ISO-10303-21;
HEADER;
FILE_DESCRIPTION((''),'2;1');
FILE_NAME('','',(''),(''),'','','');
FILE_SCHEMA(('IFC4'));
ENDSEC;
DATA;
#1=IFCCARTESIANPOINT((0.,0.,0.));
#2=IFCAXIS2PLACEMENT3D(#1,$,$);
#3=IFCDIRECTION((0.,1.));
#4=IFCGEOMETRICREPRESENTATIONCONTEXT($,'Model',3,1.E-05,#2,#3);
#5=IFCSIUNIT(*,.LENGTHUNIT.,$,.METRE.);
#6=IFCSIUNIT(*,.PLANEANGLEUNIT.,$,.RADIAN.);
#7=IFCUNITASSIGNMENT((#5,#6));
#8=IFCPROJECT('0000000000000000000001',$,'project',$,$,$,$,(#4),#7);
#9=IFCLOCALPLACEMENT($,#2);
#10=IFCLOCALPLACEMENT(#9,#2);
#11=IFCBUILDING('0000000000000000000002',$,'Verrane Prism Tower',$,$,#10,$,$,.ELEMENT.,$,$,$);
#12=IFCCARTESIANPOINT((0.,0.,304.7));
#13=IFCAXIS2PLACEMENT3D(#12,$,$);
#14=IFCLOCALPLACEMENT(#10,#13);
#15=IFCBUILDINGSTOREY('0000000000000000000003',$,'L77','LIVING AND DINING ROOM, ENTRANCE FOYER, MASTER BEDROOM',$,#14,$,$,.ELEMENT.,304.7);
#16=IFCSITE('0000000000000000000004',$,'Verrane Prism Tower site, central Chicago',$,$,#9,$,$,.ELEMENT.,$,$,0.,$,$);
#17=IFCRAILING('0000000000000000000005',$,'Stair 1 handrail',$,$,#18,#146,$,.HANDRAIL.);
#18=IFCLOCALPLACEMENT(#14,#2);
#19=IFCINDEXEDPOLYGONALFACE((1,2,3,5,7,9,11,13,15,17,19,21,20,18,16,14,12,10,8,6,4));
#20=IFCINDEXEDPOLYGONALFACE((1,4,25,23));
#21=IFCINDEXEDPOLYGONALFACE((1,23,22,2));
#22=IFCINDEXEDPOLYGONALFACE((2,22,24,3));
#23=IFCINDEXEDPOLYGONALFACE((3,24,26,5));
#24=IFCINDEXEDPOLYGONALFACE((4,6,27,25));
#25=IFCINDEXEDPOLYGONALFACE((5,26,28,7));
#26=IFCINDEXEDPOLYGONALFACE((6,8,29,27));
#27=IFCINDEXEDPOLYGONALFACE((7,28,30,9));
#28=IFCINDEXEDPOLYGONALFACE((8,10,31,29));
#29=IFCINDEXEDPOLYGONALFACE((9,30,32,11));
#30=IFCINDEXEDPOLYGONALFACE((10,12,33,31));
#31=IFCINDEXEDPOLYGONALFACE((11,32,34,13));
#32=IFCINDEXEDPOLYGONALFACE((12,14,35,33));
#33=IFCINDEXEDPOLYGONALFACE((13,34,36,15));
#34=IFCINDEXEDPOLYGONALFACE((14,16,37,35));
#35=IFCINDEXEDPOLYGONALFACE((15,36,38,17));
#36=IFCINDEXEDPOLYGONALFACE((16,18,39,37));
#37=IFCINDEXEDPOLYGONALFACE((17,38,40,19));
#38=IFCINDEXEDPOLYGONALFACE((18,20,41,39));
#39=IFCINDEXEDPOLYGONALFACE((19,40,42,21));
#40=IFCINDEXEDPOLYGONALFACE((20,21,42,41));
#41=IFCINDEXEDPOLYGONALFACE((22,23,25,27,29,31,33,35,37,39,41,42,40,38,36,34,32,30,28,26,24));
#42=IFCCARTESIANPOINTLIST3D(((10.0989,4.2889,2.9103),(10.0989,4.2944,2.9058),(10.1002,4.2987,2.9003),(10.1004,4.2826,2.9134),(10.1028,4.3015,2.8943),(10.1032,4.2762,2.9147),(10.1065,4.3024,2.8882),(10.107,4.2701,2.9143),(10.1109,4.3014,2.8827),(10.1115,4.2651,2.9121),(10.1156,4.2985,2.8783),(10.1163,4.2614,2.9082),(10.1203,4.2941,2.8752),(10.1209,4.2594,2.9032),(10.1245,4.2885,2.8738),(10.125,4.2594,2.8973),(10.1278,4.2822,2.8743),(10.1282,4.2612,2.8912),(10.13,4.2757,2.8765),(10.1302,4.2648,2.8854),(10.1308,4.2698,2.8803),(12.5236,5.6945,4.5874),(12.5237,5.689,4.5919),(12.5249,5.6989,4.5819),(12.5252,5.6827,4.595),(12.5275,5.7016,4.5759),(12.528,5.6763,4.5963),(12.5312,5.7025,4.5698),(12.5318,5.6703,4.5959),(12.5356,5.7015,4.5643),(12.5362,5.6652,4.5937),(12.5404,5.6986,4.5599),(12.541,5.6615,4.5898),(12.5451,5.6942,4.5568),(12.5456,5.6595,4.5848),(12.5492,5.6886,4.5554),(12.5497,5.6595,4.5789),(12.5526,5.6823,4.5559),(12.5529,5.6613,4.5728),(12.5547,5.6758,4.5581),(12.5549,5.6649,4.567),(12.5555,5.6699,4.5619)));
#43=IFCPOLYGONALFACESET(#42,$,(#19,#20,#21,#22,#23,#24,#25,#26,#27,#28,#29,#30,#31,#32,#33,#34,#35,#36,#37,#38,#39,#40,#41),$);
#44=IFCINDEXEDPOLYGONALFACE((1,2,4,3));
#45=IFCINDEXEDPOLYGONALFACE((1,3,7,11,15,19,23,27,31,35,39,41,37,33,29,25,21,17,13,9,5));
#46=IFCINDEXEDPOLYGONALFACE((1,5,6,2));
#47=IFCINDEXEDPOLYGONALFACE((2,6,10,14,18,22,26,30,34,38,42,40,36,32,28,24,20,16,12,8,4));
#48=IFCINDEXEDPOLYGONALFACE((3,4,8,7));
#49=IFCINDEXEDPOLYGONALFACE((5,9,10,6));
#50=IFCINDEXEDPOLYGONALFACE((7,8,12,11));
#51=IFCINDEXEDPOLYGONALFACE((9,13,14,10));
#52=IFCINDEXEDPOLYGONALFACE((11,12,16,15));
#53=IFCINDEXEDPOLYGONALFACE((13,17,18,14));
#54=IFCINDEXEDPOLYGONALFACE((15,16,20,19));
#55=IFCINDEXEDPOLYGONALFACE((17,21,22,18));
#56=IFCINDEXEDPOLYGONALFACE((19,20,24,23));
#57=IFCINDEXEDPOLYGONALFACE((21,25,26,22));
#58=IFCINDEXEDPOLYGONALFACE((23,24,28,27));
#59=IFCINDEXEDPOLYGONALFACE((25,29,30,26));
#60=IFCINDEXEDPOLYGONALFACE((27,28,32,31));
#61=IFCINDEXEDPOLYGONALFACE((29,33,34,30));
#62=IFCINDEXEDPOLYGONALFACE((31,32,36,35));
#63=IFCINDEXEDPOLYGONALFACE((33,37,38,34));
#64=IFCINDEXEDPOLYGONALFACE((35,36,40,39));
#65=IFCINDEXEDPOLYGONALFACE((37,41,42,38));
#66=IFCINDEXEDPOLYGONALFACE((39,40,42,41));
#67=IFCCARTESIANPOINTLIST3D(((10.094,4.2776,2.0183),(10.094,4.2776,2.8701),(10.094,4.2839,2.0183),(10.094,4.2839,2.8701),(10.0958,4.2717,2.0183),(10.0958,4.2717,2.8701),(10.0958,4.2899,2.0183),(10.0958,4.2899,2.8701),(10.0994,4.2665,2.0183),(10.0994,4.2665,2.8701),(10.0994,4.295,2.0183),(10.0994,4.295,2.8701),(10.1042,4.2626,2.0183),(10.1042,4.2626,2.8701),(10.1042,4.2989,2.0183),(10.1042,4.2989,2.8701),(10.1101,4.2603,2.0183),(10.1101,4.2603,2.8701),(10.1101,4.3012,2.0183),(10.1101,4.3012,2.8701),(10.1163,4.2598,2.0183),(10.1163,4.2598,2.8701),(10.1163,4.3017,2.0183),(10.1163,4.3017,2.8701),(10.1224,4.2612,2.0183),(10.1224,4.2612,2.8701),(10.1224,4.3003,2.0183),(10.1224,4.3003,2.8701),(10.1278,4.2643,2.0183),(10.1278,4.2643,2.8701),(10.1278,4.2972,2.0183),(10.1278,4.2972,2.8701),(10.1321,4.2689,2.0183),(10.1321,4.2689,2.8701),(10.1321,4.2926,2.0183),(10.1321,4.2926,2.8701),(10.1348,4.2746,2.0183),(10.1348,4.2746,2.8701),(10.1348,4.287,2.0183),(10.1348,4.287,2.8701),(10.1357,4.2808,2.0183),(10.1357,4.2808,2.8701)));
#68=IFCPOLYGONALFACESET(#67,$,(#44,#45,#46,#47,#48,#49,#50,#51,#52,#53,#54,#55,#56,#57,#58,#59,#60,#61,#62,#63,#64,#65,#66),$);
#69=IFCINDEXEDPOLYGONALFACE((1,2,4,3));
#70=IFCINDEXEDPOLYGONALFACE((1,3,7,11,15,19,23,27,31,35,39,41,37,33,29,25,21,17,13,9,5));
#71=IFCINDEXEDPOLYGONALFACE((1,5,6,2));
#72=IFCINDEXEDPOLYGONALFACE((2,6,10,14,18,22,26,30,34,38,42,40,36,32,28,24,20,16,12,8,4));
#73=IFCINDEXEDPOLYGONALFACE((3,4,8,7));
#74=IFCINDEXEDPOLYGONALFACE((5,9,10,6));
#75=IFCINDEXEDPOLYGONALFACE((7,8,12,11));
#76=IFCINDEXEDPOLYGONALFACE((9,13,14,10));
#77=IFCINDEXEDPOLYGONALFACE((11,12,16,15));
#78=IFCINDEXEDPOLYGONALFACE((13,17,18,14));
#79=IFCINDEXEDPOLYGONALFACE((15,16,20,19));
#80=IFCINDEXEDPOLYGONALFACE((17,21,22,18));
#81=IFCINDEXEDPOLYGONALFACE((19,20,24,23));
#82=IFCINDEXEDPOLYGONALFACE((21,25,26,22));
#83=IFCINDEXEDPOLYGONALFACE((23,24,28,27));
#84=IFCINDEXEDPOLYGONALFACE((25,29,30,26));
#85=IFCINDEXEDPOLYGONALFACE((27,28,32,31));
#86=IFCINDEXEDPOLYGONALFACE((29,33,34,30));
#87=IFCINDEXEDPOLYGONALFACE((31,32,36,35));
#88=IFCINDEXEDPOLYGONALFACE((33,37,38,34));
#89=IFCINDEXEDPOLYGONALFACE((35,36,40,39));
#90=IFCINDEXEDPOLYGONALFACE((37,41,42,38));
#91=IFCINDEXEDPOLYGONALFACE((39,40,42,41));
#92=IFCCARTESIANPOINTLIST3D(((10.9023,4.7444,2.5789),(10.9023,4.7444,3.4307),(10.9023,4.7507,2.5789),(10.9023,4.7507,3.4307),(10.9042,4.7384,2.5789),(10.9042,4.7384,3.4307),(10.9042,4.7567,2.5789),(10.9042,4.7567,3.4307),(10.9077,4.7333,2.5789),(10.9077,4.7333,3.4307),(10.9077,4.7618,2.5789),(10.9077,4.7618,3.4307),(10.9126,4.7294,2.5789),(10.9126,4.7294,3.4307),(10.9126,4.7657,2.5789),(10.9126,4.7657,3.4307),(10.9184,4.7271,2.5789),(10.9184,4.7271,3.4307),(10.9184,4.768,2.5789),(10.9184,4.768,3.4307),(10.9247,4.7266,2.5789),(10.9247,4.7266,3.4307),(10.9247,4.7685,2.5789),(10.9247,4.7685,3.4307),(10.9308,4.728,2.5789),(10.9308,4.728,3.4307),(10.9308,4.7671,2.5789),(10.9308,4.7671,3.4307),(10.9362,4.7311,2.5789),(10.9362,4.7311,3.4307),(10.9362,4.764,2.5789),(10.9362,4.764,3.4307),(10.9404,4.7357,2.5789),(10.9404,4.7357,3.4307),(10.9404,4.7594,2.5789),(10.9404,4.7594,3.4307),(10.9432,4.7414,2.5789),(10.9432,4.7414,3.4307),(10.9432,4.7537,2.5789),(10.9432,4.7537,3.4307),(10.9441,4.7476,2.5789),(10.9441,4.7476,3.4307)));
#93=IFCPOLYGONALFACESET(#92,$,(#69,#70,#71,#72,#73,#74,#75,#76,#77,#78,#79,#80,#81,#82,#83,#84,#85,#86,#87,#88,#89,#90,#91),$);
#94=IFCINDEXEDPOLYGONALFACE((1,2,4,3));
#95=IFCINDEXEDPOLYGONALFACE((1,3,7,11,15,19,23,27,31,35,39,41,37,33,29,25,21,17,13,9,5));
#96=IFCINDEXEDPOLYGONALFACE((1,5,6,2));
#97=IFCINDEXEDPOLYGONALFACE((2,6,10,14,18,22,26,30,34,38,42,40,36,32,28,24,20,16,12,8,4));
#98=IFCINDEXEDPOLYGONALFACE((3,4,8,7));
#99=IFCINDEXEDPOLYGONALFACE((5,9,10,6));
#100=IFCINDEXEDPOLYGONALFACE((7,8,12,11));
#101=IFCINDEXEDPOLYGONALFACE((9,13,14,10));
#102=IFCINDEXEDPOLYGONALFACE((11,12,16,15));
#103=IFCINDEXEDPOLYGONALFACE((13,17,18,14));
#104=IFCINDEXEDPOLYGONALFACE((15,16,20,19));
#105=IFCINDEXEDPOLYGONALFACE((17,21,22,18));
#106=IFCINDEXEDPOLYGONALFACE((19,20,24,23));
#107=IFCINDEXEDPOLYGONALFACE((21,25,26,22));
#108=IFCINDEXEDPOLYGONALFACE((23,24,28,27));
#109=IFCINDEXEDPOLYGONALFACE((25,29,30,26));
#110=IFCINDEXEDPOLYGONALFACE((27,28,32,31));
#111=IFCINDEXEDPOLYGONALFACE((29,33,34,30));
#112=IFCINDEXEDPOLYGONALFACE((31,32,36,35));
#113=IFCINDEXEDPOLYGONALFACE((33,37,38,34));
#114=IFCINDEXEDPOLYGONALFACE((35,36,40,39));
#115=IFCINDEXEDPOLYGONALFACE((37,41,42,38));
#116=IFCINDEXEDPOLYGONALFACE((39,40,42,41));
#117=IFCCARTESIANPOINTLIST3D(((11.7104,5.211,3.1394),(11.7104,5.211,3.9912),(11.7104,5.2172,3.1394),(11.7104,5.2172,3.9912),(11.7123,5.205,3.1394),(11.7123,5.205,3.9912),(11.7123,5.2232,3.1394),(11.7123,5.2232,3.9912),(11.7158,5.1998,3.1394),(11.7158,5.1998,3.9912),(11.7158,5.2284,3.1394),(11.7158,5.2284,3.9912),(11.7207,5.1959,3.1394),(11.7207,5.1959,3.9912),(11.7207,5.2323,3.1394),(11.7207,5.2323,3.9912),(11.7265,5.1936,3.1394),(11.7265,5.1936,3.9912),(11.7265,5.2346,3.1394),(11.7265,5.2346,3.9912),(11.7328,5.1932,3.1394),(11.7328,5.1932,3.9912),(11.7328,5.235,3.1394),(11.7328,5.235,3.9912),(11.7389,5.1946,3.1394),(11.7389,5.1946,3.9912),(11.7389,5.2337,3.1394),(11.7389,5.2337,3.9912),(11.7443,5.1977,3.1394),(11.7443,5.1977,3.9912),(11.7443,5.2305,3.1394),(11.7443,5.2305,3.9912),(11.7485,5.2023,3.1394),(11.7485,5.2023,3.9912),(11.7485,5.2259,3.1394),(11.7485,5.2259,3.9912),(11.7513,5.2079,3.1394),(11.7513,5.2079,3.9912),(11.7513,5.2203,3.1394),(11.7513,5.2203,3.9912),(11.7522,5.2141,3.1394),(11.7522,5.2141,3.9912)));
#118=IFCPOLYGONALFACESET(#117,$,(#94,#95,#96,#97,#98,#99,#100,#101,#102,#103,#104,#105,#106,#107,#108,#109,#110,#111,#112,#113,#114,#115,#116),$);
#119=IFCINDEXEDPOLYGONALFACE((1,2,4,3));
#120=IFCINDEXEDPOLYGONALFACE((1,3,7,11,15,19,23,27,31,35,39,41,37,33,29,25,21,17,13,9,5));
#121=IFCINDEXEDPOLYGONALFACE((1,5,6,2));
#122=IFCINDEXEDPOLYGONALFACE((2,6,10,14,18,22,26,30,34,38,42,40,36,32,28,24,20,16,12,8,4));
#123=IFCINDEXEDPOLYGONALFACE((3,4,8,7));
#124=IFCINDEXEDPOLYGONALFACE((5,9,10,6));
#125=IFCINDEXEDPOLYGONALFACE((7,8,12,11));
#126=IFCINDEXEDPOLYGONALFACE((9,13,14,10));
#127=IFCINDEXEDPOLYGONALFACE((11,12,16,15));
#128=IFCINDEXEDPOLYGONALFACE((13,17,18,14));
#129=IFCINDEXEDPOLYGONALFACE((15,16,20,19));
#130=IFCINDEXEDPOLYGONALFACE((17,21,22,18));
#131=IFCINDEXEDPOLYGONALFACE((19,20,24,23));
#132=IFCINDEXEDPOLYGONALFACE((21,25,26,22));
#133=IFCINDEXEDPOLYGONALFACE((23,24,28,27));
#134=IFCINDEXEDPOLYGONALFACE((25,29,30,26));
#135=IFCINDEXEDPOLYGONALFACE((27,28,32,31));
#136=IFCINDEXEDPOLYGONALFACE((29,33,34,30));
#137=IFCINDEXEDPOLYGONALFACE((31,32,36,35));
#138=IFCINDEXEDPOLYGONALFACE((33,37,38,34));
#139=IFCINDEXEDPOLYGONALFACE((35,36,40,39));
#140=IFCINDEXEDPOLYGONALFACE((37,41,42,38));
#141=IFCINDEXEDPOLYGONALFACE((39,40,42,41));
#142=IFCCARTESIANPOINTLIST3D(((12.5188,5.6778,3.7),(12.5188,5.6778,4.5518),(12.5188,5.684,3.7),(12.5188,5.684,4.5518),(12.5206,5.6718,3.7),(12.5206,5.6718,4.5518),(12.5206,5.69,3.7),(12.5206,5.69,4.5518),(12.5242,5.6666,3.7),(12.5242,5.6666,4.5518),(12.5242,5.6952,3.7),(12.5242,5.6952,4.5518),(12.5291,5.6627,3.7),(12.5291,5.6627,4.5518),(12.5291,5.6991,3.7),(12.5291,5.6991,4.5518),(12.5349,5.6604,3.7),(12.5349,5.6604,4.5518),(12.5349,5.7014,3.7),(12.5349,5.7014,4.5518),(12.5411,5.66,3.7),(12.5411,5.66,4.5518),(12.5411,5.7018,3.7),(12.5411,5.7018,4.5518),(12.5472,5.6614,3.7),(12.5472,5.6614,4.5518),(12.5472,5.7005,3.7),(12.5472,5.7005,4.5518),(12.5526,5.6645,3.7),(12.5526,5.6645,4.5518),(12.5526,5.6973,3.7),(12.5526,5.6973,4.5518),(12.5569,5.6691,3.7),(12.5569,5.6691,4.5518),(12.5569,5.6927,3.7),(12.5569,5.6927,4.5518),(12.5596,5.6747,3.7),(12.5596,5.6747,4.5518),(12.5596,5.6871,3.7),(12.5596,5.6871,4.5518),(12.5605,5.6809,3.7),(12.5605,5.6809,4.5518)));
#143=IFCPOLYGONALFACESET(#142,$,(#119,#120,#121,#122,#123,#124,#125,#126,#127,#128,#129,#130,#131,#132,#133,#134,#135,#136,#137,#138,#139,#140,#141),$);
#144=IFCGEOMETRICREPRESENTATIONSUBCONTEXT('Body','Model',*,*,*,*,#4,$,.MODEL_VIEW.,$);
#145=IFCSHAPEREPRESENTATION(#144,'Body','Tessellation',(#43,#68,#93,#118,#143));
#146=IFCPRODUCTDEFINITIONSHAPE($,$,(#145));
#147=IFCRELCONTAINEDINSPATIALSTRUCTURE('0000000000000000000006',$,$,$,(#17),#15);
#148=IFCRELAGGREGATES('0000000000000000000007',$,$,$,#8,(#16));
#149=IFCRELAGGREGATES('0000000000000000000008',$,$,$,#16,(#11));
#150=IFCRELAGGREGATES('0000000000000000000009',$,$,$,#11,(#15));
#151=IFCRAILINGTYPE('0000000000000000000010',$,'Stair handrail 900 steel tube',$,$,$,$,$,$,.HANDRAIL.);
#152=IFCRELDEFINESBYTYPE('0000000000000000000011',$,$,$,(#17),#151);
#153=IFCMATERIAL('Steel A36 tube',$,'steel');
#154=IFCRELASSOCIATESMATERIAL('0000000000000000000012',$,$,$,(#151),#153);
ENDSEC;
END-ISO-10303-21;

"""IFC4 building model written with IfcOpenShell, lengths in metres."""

from ifc_helpers import new_model, si_unit, direction, frame, origin, origin_2d, place, context, subcontext, project, spatial, circle, extrude, material, type_object, element, save


model = new_model("IFC4")

# Units and contexts
model_context = context("Model", 3, precision=1e-05, world=origin(), true_north=direction((0.0, 1.0)))
body_context = subcontext(model_context, "Body", "Model", "MODEL_VIEW")
ifc_project = project(units=[si_unit("LENGTHUNIT", "METRE"), si_unit("PLANEANGLEUNIT", "RADIAN")], contexts=[model_context])

# Site, building, storey
site_placement = place(None, origin())
site = spatial("IfcSite", under=ifc_project, at=site_placement, Name="Verrane Prism Tower site, central Chicago", CompositionType="ELEMENT", RefElevation=0.0)
building_placement = place(site_placement, origin())
building = spatial("IfcBuilding", under=site, at=building_placement, Name="Verrane Prism Tower", CompositionType="ELEMENT")
storey_placement = place(building_placement, frame((0.0, 0.0, 304.7)))
storey = spatial("IfcBuildingStorey", under=building, at=storey_placement, Name="L77", Description="LIVING AND DINING ROOM, ENTRANCE FOYER, MASTER BEDROOM", CompositionType="ELEMENT", Elevation=304.7)

# Railing
ifc_material_1 = material(Name="Steel A36 tube", Category="steel")
railing_type_1 = type_object("IfcRailingType", Name="Stair handrail 900 steel tube", PredefinedType="HANDRAIL", material=ifc_material_1)
railing_1_placement = place(storey_placement, frame((10.1147, 4.2808, 2.0183)))
element("IfcRailing", 1, at=railing_1_placement, inside=storey, type_object=railing_type_1, Name="Stair 1 handrail", PredefinedType="HANDRAIL", context=body_context, shape_type="SweptSolid", body=[
    extrude(circle(Radius=0.0239, at=origin_2d()), frame((0.0, 0.0, 0.876), z_axis=(0.742395, 0.428679, 0.514863), x_axis=(-0.50005, 0.865997, 0.0)), (0.0, 0.0, 1.0), 3.2661),
    extrude(circle(Radius=0.021, at=origin_2d()), origin(), (0.0, 0.0, 1.0), 0.8518),
    extrude(circle(Radius=0.021, at=origin_2d()), frame((0.8083, 0.4668, 0.5605)), (0.0, 0.0, 1.0), 0.8518),
    extrude(circle(Radius=0.021, at=origin_2d()), frame((1.6165, 0.9333, 1.1211)), (0.0, 0.0, 1.0), 0.8518),
    extrude(circle(Radius=0.021, at=origin_2d()), frame((2.4248, 1.4001, 1.6816)), (0.0, 0.0, 1.0), 0.8518),
])

save(model, "model.ifc")
